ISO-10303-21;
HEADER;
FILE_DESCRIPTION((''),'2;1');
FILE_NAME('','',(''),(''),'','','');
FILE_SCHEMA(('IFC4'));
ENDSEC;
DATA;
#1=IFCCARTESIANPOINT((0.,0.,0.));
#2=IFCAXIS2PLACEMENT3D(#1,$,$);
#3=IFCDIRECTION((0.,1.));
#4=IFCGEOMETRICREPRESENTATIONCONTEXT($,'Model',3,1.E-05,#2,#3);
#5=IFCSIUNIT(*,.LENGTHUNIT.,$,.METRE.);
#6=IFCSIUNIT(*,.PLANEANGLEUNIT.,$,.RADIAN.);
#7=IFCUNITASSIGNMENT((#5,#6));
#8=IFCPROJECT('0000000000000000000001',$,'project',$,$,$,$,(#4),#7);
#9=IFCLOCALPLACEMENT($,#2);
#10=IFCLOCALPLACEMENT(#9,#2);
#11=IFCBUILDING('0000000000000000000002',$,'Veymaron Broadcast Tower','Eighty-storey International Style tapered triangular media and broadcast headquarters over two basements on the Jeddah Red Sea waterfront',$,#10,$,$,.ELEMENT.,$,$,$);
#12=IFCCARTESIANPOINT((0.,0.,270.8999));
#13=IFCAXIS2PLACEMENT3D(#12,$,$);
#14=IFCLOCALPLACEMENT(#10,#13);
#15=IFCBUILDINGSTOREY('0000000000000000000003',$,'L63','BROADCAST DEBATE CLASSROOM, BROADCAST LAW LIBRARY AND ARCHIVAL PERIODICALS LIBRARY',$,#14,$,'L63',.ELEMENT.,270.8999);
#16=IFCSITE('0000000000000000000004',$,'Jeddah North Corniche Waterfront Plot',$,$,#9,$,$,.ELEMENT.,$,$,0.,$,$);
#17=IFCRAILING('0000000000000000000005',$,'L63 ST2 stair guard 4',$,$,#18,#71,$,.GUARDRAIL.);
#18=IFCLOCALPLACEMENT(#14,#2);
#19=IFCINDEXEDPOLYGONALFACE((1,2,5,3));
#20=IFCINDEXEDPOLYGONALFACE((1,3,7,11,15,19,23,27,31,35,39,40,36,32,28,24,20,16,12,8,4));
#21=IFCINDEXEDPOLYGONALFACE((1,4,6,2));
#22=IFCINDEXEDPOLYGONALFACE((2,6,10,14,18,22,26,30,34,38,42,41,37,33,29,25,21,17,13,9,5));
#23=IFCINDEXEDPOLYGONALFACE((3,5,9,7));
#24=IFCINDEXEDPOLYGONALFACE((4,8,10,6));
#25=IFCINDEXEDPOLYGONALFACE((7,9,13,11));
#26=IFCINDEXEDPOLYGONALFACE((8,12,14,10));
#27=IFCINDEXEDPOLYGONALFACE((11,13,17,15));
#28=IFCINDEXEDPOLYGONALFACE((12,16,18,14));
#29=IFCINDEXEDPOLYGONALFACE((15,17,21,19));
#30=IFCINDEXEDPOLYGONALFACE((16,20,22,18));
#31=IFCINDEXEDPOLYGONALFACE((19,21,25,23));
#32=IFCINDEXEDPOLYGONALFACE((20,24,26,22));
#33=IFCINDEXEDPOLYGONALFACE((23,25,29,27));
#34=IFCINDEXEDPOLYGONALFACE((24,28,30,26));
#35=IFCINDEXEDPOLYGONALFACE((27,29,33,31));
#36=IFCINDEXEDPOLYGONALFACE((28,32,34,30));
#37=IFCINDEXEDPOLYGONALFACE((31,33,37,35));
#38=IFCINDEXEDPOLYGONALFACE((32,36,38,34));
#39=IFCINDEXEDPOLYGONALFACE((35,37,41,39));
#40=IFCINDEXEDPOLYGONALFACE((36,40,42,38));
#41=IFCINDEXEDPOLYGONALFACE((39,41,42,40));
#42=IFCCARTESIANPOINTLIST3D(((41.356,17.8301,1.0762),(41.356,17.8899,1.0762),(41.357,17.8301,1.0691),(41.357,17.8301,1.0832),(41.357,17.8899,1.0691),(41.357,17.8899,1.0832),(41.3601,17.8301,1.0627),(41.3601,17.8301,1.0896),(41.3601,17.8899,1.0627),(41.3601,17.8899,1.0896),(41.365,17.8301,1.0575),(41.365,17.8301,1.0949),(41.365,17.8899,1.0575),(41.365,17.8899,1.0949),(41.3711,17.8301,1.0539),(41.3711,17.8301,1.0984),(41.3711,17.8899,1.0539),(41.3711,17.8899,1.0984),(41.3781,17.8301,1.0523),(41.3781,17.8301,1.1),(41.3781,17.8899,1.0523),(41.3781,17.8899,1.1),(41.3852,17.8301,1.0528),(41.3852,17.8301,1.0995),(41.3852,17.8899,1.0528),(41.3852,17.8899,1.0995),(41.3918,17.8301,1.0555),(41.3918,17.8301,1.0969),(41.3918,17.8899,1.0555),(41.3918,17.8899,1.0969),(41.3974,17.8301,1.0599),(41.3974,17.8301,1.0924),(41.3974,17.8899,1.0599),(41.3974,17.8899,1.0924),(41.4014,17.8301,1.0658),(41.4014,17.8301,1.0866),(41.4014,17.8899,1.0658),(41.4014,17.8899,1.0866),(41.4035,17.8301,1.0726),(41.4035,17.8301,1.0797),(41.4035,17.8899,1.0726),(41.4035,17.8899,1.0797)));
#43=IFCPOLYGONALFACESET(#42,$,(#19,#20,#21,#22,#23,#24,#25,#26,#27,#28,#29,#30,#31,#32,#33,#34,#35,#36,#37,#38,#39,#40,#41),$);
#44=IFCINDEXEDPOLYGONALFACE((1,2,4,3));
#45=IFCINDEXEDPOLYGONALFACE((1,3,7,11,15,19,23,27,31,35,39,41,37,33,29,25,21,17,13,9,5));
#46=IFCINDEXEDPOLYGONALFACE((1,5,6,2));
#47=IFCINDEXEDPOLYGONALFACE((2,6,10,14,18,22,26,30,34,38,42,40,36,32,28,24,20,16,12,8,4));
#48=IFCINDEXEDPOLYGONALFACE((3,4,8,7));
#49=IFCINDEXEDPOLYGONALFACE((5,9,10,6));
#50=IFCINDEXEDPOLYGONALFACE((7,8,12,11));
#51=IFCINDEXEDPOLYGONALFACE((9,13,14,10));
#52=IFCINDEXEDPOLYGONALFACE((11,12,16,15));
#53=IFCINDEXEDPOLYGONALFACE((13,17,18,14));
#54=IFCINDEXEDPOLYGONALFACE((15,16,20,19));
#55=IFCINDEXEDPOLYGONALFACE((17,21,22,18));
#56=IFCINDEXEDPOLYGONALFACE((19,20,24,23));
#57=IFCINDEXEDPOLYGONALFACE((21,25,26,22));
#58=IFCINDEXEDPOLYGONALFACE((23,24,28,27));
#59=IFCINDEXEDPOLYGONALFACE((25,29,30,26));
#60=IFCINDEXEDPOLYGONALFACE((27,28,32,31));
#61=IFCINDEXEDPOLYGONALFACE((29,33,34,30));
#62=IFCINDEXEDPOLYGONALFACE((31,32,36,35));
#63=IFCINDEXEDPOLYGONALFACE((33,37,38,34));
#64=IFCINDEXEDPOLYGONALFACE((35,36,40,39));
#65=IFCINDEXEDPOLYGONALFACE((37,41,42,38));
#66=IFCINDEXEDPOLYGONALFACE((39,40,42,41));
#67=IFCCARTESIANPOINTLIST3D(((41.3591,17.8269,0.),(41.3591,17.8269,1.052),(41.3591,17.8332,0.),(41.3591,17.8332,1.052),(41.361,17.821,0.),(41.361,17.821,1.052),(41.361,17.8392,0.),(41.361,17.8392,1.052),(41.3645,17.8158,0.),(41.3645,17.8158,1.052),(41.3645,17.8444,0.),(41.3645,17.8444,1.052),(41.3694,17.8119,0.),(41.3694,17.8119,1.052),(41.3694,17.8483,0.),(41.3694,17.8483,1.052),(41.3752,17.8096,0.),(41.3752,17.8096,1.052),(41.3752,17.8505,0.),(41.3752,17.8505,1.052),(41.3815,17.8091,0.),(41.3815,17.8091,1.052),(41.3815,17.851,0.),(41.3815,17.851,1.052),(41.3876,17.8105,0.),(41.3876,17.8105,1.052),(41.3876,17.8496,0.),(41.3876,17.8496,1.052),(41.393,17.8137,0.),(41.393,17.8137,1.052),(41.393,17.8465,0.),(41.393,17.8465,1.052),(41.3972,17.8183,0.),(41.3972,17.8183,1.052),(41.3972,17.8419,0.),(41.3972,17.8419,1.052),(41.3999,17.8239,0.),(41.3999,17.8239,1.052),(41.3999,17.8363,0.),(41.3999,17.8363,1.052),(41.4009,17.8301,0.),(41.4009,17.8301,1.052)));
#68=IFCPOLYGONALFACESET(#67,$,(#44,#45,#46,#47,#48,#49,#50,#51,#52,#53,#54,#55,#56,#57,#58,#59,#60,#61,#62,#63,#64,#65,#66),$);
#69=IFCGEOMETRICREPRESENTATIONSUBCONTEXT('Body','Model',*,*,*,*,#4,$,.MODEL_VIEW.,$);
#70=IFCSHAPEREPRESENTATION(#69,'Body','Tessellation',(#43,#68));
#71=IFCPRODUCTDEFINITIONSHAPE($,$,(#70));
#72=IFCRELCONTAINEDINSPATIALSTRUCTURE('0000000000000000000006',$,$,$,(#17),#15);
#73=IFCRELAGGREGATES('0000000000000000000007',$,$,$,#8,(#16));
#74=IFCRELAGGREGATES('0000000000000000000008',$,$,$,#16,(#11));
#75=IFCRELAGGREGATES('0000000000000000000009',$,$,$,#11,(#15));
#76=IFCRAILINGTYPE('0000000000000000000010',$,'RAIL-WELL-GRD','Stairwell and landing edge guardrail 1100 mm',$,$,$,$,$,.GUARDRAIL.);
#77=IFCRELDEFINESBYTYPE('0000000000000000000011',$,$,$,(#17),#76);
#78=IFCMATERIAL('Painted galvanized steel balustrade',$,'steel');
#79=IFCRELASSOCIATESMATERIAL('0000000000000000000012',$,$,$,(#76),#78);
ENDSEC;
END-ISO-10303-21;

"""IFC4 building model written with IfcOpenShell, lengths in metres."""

from ifc_helpers import new_model, si_unit, direction, frame, origin, origin_2d, place, context, subcontext, project, spatial, circle, extrude, material, type_object, element, save


model = new_model("IFC4")

# Units and contexts
model_context = context("Model", 3, precision=1e-05, world=origin(), true_north=direction((0.0, 1.0)))
body_context = subcontext(model_context, "Body", "Model", "MODEL_VIEW")
ifc_project = project(units=[si_unit("LENGTHUNIT", "METRE"), si_unit("PLANEANGLEUNIT", "RADIAN")], contexts=[model_context])

# Site, building, storey
site_placement = place(None, origin())
site = spatial("IfcSite", under=ifc_project, at=site_placement, Name="Jeddah North Corniche Waterfront Plot", CompositionType="ELEMENT", RefElevation=0.0)
building_placement = place(site_placement, origin())
building = spatial("IfcBuilding", under=site, at=building_placement, Name="Veymaron Broadcast Tower", Description="Eighty-storey International Style tapered triangular media and broadcast headquarters over two basements on the Jeddah Red Sea waterfront", CompositionType="ELEMENT")
storey_placement = place(building_placement, frame((0.0, 0.0, 270.8999)))
storey = spatial("IfcBuildingStorey", under=building, at=storey_placement, Name="L63", Description="BROADCAST DEBATE CLASSROOM, BROADCAST LAW LIBRARY AND ARCHIVAL PERIODICALS LIBRARY", LongName="L63", CompositionType="ELEMENT", Elevation=270.8999)

# Railing
ifc_material_1 = material(Name="Painted galvanized steel balustrade", Category="steel")
railing_type_1 = type_object("IfcRailingType", Name="RAIL-WELL-GRD", Description="Stairwell and landing edge guardrail 1100 mm", PredefinedType="GUARDRAIL", material=ifc_material_1)
railing_1_placement = place(storey_placement, frame((41.3799, 17.8301, 0.0)))
element("IfcRailing", 1, at=railing_1_placement, inside=storey, type_object=railing_type_1, Name="L63 ST2 stair guard 4", PredefinedType="GUARDRAIL", context=body_context, shape_type="SweptSolid", body=[
    extrude(circle(Radius=0.0239, at=origin_2d()), frame((0.0, 0.0, 1.0762), z_axis=(0.0, 1.0, 0.0), x_axis=(-1.0, 0.0, 0.0)), (0.0, 0.0, 1.0), 0.0598),
    extrude(circle(Radius=0.021, at=origin_2d()), origin(), (0.0, 0.0, 1.0), 1.052),
])

save(model, "model.ifc")
